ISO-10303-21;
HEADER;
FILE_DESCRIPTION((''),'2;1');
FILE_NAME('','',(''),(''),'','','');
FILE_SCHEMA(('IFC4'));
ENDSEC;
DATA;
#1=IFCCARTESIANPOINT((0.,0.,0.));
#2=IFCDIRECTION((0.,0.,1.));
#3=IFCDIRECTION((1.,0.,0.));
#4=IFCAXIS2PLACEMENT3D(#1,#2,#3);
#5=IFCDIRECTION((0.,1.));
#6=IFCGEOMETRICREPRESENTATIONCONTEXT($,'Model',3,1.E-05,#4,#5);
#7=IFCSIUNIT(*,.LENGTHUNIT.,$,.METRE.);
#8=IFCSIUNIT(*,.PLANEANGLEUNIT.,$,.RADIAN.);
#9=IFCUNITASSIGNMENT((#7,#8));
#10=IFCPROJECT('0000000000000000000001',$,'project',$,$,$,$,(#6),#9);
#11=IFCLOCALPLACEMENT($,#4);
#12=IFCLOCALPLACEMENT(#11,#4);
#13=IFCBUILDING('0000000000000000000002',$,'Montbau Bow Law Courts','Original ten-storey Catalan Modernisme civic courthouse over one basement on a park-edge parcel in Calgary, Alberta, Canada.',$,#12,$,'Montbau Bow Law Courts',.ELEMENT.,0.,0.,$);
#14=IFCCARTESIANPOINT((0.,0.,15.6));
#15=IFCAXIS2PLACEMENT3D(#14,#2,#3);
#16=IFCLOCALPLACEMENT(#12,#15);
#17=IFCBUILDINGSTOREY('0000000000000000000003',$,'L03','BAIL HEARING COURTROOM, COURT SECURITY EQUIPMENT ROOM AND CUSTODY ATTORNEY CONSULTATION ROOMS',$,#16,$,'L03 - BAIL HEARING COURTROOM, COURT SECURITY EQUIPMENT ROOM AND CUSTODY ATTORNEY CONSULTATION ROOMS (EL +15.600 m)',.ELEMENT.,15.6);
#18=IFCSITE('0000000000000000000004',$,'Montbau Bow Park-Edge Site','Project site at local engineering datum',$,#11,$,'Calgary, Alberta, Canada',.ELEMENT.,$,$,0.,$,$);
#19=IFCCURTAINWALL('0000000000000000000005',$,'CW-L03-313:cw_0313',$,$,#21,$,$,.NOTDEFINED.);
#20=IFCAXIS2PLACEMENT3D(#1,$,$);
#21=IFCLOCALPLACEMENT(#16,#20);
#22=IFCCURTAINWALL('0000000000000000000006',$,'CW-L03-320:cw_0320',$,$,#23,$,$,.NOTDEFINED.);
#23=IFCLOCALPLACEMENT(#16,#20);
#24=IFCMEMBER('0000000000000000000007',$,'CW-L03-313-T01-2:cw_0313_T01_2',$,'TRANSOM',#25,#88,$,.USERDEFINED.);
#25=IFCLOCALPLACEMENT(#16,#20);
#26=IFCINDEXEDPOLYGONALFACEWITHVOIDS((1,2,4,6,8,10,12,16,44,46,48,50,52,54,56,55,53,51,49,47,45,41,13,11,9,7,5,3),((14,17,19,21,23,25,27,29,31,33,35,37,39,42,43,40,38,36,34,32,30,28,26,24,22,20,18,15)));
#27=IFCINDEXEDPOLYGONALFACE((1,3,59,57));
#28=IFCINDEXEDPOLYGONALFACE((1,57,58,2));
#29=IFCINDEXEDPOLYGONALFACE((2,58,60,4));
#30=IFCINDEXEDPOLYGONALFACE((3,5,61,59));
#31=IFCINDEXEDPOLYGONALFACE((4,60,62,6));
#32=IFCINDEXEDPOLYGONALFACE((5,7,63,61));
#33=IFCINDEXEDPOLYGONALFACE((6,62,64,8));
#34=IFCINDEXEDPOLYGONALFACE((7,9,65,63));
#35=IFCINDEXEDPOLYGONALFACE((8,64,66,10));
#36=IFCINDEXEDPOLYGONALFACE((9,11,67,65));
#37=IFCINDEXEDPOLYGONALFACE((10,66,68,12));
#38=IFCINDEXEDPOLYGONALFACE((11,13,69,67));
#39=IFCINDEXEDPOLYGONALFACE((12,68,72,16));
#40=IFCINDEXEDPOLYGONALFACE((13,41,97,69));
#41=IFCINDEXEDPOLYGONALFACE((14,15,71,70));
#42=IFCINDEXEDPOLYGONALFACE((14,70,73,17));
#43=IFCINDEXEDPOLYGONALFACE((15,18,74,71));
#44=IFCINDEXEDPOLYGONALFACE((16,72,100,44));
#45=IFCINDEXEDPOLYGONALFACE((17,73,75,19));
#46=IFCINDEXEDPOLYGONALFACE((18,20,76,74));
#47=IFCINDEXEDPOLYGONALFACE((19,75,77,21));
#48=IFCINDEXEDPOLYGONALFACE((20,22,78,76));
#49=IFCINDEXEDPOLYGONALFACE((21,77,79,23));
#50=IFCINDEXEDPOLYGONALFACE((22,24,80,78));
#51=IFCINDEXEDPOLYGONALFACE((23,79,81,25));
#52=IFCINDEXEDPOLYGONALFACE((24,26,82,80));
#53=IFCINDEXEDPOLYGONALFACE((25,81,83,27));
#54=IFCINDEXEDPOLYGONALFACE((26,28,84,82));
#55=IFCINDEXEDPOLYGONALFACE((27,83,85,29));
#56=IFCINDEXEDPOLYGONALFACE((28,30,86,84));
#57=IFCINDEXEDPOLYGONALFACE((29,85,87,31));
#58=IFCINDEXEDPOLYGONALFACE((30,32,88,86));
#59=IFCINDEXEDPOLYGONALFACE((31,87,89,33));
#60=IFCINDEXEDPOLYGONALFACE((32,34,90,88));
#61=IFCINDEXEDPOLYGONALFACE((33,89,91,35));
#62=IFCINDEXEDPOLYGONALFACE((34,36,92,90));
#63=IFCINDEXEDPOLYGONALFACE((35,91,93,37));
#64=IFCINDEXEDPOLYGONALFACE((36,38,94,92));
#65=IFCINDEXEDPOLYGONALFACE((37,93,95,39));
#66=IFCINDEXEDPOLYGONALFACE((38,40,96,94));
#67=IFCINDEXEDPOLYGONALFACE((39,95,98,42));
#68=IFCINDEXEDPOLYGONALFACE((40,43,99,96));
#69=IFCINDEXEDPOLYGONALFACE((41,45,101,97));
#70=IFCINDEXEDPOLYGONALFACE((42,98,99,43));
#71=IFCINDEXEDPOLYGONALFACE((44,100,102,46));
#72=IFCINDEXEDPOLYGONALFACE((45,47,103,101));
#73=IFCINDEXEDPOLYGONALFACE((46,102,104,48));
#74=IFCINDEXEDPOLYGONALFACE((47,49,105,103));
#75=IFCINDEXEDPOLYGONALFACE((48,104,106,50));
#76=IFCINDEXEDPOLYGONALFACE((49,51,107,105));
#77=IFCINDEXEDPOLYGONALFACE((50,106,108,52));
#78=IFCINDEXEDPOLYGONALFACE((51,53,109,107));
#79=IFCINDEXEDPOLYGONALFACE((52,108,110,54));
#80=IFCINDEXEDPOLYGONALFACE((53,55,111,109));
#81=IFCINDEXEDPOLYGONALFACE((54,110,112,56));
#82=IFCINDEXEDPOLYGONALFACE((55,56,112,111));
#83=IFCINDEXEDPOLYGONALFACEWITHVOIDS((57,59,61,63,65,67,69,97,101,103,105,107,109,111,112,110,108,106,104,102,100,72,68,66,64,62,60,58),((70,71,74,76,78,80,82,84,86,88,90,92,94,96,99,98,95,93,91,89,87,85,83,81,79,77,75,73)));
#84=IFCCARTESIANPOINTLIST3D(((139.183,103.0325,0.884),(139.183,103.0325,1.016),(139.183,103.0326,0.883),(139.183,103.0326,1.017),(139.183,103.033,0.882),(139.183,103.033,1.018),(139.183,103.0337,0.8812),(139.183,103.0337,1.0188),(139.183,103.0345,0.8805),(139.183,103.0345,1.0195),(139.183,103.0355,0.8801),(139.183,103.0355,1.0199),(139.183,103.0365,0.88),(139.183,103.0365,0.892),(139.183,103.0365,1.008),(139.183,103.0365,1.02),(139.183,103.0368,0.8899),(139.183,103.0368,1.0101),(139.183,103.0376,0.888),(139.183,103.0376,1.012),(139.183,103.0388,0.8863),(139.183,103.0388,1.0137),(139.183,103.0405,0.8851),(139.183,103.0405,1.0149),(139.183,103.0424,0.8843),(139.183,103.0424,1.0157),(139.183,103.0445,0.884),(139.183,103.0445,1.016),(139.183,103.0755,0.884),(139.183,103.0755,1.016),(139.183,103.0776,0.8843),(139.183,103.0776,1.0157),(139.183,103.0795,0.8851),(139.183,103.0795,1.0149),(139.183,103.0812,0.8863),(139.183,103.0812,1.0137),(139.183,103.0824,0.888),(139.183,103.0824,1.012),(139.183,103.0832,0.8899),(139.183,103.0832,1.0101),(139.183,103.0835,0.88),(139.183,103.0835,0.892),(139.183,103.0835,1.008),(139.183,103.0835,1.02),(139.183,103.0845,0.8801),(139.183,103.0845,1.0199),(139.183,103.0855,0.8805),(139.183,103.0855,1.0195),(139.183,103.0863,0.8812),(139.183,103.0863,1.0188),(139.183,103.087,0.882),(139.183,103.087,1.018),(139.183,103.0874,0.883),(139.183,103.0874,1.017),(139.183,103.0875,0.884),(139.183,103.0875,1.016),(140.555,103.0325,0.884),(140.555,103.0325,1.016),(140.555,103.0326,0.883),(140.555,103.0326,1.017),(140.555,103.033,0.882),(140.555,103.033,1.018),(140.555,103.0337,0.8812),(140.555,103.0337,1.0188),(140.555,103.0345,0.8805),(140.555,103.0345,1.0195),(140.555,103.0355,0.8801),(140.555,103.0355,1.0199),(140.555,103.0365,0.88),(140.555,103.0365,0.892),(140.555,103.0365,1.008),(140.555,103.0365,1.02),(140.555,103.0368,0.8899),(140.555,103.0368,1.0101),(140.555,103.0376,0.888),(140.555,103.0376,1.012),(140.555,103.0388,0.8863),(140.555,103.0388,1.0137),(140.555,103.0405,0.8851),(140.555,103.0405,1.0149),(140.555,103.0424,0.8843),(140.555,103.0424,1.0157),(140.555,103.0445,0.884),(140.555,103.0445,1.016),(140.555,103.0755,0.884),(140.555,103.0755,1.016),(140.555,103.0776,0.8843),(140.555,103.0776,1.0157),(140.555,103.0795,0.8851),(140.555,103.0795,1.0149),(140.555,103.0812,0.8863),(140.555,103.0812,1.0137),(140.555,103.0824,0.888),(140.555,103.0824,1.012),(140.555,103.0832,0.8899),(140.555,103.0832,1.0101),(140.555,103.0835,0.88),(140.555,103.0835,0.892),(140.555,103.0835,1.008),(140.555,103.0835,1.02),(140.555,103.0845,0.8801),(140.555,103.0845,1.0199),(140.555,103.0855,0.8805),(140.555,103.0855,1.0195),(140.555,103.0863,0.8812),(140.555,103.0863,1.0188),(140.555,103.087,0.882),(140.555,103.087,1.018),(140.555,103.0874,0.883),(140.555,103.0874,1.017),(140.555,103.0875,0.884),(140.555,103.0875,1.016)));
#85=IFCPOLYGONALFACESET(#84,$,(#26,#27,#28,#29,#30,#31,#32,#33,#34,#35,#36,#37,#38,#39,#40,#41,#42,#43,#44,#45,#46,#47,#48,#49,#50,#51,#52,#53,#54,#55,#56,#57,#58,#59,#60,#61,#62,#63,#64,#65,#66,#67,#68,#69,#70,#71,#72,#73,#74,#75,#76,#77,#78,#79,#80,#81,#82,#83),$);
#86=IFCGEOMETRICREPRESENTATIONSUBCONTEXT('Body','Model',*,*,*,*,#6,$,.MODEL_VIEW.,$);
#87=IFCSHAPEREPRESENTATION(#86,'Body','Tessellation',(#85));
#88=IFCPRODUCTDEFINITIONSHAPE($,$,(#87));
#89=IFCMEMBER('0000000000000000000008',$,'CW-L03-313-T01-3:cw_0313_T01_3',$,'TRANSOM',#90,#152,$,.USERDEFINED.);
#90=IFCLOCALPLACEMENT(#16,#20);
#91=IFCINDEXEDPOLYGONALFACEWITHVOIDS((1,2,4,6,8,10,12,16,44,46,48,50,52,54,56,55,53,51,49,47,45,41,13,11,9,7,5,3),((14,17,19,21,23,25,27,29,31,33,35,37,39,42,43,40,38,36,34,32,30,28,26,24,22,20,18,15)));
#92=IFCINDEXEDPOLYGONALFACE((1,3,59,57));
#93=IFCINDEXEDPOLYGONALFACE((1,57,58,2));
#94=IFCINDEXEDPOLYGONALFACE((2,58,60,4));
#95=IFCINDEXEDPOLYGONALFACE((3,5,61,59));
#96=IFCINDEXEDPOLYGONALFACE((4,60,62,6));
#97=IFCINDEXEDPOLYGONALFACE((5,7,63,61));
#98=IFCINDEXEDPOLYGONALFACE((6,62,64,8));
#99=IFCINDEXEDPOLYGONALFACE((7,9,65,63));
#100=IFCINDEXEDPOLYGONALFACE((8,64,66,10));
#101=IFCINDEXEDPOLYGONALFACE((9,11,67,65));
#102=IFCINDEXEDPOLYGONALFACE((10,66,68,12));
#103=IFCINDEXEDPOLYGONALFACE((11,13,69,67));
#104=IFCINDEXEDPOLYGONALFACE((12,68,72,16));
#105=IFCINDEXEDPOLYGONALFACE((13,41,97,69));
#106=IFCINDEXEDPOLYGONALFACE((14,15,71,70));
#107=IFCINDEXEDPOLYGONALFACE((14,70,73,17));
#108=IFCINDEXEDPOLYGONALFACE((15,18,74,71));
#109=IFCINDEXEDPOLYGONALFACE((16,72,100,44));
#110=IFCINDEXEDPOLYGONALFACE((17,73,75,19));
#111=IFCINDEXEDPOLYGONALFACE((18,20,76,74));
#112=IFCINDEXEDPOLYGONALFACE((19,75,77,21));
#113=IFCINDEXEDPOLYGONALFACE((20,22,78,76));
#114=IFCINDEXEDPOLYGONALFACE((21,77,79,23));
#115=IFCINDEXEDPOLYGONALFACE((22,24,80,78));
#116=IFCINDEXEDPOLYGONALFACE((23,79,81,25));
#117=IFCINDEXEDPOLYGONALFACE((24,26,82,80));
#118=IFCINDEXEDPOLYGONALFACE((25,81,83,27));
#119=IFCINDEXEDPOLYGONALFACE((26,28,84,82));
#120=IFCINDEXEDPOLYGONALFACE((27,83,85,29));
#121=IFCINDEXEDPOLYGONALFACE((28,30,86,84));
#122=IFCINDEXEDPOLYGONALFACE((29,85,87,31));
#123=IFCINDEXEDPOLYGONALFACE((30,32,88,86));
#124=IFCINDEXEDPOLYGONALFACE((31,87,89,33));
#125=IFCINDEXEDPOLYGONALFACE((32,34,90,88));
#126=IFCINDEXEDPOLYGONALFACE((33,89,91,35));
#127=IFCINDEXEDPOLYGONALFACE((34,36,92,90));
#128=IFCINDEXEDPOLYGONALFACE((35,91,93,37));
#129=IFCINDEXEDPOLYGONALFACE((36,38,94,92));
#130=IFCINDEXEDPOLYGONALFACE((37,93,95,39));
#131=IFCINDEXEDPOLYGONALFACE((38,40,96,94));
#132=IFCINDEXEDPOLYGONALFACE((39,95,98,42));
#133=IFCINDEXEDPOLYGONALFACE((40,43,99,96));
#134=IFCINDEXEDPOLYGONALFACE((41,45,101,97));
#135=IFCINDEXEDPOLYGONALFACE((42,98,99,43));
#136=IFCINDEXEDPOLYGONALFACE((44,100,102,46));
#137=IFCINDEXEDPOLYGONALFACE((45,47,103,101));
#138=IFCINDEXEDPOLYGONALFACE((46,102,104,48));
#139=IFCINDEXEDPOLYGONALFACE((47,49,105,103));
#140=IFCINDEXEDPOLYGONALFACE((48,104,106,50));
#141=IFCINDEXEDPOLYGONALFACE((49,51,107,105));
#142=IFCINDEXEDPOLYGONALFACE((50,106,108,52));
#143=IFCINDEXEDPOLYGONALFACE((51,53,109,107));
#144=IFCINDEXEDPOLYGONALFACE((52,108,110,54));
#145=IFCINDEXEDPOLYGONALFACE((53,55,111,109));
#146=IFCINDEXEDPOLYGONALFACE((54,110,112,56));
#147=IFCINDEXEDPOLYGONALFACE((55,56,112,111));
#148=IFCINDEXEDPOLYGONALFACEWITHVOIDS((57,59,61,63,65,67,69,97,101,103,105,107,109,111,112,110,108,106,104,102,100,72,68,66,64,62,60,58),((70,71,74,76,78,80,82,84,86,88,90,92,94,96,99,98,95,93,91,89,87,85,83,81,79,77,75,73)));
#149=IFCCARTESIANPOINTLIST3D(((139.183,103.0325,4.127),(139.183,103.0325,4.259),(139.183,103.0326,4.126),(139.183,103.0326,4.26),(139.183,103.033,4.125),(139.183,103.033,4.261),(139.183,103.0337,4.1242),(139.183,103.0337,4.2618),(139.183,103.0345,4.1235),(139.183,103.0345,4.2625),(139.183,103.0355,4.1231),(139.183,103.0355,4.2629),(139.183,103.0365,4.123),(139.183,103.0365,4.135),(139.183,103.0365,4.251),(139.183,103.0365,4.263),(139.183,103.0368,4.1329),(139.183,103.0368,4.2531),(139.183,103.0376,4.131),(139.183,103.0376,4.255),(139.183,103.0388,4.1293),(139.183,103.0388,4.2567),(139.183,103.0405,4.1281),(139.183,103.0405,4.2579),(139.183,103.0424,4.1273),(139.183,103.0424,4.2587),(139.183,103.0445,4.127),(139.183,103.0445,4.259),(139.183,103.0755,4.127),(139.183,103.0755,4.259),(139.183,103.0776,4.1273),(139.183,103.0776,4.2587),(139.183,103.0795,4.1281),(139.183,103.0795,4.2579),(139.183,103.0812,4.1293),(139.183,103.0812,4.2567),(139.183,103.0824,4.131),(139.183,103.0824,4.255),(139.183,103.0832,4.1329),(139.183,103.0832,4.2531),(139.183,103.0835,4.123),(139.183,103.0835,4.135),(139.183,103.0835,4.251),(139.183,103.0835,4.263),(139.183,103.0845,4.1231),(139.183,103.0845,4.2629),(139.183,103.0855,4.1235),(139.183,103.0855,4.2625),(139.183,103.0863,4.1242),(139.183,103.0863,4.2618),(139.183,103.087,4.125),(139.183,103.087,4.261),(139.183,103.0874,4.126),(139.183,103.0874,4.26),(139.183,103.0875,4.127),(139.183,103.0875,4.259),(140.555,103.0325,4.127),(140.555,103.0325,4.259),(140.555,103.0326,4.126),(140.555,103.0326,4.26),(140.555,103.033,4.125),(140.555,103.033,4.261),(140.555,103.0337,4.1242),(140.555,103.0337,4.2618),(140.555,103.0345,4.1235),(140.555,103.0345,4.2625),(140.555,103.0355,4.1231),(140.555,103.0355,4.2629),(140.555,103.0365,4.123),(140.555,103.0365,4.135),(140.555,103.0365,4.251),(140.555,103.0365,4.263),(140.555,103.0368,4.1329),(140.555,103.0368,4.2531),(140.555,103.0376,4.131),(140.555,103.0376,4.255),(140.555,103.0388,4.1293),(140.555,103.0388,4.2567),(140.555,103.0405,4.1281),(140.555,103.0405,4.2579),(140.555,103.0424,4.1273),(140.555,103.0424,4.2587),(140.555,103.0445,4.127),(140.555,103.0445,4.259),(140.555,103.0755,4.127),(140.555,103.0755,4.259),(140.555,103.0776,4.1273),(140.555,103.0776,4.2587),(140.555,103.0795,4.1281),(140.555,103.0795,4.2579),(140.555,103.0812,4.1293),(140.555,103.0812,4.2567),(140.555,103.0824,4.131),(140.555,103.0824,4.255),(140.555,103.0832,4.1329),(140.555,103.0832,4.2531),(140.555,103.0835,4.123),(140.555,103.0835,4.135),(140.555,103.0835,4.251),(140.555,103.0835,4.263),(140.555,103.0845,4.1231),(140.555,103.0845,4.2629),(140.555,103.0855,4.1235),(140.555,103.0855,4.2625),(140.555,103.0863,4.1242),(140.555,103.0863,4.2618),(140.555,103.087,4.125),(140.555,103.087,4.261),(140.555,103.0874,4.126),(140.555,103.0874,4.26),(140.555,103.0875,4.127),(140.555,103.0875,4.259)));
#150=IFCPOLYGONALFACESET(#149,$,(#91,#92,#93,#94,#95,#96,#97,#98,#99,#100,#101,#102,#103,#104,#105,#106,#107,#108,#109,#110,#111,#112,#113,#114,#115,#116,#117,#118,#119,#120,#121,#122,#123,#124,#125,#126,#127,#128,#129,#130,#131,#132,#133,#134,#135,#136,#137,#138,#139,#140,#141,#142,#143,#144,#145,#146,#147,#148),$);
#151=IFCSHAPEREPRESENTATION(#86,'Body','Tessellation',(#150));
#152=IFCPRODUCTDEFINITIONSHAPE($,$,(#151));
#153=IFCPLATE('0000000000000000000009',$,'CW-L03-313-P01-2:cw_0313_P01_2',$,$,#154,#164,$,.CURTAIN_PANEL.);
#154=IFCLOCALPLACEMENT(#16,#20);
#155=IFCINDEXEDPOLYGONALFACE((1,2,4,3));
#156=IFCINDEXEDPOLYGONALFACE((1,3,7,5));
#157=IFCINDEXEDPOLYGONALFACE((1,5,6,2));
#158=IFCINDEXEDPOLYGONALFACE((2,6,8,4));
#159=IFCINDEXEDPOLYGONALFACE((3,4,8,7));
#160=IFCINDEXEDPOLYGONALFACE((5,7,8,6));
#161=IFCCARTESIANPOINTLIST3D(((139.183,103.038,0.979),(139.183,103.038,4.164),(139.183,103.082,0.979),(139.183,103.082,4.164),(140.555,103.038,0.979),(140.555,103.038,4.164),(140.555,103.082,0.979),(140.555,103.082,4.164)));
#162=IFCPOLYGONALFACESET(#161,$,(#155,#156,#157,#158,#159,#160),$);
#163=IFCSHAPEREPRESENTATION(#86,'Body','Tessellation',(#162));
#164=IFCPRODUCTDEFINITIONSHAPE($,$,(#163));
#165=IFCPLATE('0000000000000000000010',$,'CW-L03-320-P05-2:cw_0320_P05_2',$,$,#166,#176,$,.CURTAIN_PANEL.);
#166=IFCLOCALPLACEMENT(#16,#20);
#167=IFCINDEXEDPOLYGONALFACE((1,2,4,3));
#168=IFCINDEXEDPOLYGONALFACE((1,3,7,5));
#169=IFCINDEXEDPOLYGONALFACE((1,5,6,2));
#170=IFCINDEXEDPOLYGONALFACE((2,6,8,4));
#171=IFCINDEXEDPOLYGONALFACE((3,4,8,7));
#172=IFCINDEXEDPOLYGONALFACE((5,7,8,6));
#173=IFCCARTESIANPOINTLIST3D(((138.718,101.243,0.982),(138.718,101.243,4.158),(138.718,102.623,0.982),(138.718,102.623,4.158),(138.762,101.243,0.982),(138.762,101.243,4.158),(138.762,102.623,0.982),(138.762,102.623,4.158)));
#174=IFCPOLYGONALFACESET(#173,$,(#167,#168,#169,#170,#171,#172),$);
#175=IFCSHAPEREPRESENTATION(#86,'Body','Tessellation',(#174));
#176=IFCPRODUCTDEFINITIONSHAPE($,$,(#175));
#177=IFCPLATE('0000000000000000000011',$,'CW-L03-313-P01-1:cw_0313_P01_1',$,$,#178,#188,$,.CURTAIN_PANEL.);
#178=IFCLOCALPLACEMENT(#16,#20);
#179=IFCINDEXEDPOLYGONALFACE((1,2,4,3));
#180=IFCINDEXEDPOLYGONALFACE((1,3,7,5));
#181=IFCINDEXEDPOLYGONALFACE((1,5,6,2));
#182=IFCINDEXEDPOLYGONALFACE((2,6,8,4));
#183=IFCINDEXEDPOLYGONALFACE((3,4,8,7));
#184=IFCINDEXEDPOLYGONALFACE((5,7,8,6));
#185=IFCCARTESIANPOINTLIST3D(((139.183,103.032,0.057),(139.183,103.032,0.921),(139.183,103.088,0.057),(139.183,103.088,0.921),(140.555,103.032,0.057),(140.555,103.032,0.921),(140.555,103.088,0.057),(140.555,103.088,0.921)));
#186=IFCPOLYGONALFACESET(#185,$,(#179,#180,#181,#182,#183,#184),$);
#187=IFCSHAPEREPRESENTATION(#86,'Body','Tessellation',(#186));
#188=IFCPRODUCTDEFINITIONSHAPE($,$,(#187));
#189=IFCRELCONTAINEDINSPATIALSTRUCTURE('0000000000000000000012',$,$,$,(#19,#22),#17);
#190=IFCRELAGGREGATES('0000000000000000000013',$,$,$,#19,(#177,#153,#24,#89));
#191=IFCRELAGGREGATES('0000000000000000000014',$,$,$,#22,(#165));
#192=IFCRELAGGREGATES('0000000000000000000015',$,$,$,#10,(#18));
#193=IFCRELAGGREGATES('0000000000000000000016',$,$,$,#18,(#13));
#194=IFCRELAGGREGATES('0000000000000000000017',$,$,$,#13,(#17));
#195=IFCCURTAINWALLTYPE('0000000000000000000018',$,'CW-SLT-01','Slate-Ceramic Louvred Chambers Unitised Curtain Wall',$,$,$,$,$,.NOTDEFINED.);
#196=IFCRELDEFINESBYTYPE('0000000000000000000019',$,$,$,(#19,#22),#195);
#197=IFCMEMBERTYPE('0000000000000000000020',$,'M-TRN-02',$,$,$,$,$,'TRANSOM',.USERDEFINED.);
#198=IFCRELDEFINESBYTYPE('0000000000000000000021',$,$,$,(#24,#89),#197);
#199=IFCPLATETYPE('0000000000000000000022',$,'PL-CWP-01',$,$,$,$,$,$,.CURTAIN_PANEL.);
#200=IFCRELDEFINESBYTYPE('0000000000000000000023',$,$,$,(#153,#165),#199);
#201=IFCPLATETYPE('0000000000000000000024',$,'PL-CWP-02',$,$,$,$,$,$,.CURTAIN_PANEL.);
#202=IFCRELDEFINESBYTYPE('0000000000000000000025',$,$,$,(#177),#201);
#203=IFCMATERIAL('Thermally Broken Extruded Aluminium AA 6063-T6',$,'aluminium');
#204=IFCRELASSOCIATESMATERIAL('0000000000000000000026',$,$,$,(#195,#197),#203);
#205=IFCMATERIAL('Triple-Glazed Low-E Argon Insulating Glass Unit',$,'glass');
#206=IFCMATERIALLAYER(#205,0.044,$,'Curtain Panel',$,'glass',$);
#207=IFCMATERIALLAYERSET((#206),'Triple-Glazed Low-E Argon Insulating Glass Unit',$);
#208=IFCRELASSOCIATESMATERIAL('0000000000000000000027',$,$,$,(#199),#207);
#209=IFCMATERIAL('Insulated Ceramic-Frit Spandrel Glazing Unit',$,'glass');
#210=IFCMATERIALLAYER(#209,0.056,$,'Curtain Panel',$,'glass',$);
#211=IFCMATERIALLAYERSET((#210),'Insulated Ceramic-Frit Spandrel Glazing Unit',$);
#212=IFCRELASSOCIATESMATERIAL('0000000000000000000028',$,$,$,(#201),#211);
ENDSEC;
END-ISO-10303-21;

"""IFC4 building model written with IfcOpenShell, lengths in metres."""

from ifc_helpers import new_model, si_unit, direction, frame, frame_2d, origin_with_axes, origin_2d_with_axis, place, context, subcontext, project, spatial, rectangle, hollow_rectangle, extrude, material, layer, layer_set, material_profile, profile_set, type_object, element, aggregate, save


model = new_model("IFC4")

# Units and contexts
model_context = context("Model", 3, precision=1e-05, world=origin_with_axes(), true_north=direction((0.0, 1.0)))
body_context = subcontext(model_context, "Body", "Model", "MODEL_VIEW")
ifc_project = project(units=[si_unit("LENGTHUNIT", "METRE"), si_unit("PLANEANGLEUNIT", "RADIAN")], contexts=[model_context])

# Site, building, storey
site_placement = place(None, origin_with_axes())
site = spatial("IfcSite", under=ifc_project, at=site_placement, Name="Montbau Bow Park-Edge Site", Description="Project site at local engineering datum", LongName="Calgary, Alberta, Canada", CompositionType="ELEMENT", RefElevation=0.0)
building_placement = place(site_placement, origin_with_axes())
building = spatial("IfcBuilding", under=site, at=building_placement, Name="Montbau Bow Law Courts", Description="Original ten-storey Catalan Modernisme civic courthouse over one basement on a park-edge parcel in Calgary, Alberta, Canada.", LongName="Montbau Bow Law Courts", CompositionType="ELEMENT", ElevationOfRefHeight=0.0, ElevationOfTerrain=0.0)
storey_placement = place(building_placement, frame((0.0, 0.0, 15.6), z_axis=(0.0, 0.0, 1.0), x_axis=(1.0, 0.0, 0.0)))
storey = spatial("IfcBuildingStorey", under=building, at=storey_placement, Name="L03", Description="BAIL HEARING COURTROOM, COURT SECURITY EQUIPMENT ROOM AND CUSTODY ATTORNEY CONSULTATION ROOMS", LongName="L03 - BAIL HEARING COURTROOM, COURT SECURITY EQUIPMENT ROOM AND CUSTODY ATTORNEY CONSULTATION ROOMS (EL +15.600 m)", CompositionType="ELEMENT", Elevation=15.6)

# Curtain wall
ifc_material_1 = material(Name="Thermally Broken Extruded Aluminium AA 6063-T6", Category="aluminium")
curtain_wall_type = type_object("IfcCurtainWallType", Name="CW-SLT-01", Description="Slate-Ceramic Louvred Chambers Unitised Curtain Wall", PredefinedType="NOTDEFINED", material=ifc_material_1)
curtain_wall_1_placement = place(None, frame((139.115, 103.06, 15.6), z_axis=(0.0, 0.0, 1.0), x_axis=(1.0, 0.0, 0.0)))
curtain_wall_1 = element("IfcCurtainWall", 1, at=curtain_wall_1_placement, inside=storey, type_object=curtain_wall_type, Name="CW-L03-313:cw_0313", PredefinedType="NOTDEFINED")

# Curtain wall
curtain_wall_2_placement = place(None, frame((138.74, 95.315, 15.6), z_axis=(0.0, 0.0, 1.0), x_axis=(1.0, 0.0, 0.0)))
curtain_wall_2 = element("IfcCurtainWall", 2, at=curtain_wall_2_placement, inside=storey, type_object=curtain_wall_type, Name="CW-L03-320:cw_0320", PredefinedType="NOTDEFINED")

# Members
ifc_material_profile_1 = material_profile(ifc_material_1, hollow_rectangle(XDim=0.055, YDim=0.14, WallThickness=0.004, InnerFilletRadius=0.008, OuterFilletRadius=0.004, at=origin_2d_with_axis()), Name="CWT-140X55", Category="Main", Priority=0)
ifc_profile_set_1 = profile_set([ifc_material_profile_1], Name="Thermally Broken Extruded Aluminium AA 6063-T6")
member_type_1 = type_object("IfcMemberType", Name="M-TRN-02", ElementType="TRANSOM", PredefinedType="USERDEFINED", material=ifc_profile_set_1)
member_1_placement = place(None, frame((139.183, 103.06, 16.55), z_axis=(1.0, 0.0, 0.0), x_axis=(0.0, 1.0, 0.0)))
member_1 = element("IfcMember", 3, at=member_1_placement, type_object=member_type_1, Name="CW-L03-313-T01-2:cw_0313_T01_2", ObjectType="TRANSOM", PredefinedType="USERDEFINED", context=body_context, shape_type="SweptSolid", body=[
    extrude(hollow_rectangle(XDim=0.055, YDim=0.14, WallThickness=0.004, InnerFilletRadius=0.008, OuterFilletRadius=0.004, at=origin_2d_with_axis()), origin_with_axes(), (0.0, 0.0, 1.0), 1.372),
])
member_2_placement = place(None, frame((139.183, 103.06, 19.793), z_axis=(1.0, 0.0, 0.0), x_axis=(0.0, 1.0, 0.0)))
member_2 = element("IfcMember", 4, at=member_2_placement, type_object=member_type_1, Name="CW-L03-313-T01-3:cw_0313_T01_3", ObjectType="TRANSOM", PredefinedType="USERDEFINED", context=body_context, shape_type="SweptSolid", body=[
    extrude(hollow_rectangle(XDim=0.055, YDim=0.14, WallThickness=0.004, InnerFilletRadius=0.008, OuterFilletRadius=0.004, at=origin_2d_with_axis()), origin_with_axes(), (0.0, 0.0, 1.0), 1.372),
])

# Plates
ifc_material_2 = material(Name="Triple-Glazed Low-E Argon Insulating Glass Unit", Category="glass")
ifc_layer_1 = layer(ifc_material_2, 0.044, Name="Curtain Panel", Category="glass")
ifc_layer_set_1 = layer_set([ifc_layer_1], Name="Triple-Glazed Low-E Argon Insulating Glass Unit")
plate_type_1 = type_object("IfcPlateType", Name="PL-CWP-01", PredefinedType="CURTAIN_PANEL", material=ifc_layer_set_1)
plate_1_placement = place(None, frame((139.183, 103.06, 16.579), z_axis=(0.0, -1.0, 0.0), x_axis=(1.0, 0.0, 0.0)))
plate_1 = element("IfcPlate", 5, at=plate_1_placement, type_object=plate_type_1, Name="CW-L03-313-P01-2:cw_0313_P01_2", PredefinedType="CURTAIN_PANEL", context=body_context, shape_type="SweptSolid", body=[
    extrude(rectangle(XDim=1.372, YDim=3.185, at=frame_2d((0.686, 1.5925), x_axis=(1.0, 0.0))), frame((0.0, 0.0, -0.022), z_axis=(0.0, 0.0, 1.0), x_axis=(1.0, 0.0, 0.0)), (0.0, 0.0, 1.0), 0.044),
])
plate_2_placement = place(None, frame((138.74, 101.243, 16.582), z_axis=(1.0, 0.0, 0.0), x_axis=(0.0, 1.0, 0.0)))
plate_2 = element("IfcPlate", 6, at=plate_2_placement, type_object=plate_type_1, Name="CW-L03-320-P05-2:cw_0320_P05_2", PredefinedType="CURTAIN_PANEL", context=body_context, shape_type="SweptSolid", body=[
    extrude(rectangle(XDim=1.38, YDim=3.176, at=frame_2d((0.69, 1.588), x_axis=(1.0, 0.0))), frame((0.0, 0.0, -0.022), z_axis=(0.0, 0.0, 1.0), x_axis=(1.0, 0.0, 0.0)), (0.0, 0.0, 1.0), 0.044),
])
ifc_material_3 = material(Name="Insulated Ceramic-Frit Spandrel Glazing Unit", Category="glass")
ifc_layer_2 = layer(ifc_material_3, 0.056, Name="Curtain Panel", Category="glass")
ifc_layer_set_2 = layer_set([ifc_layer_2], Name="Insulated Ceramic-Frit Spandrel Glazing Unit")
plate_type_2 = type_object("IfcPlateType", Name="PL-CWP-02", PredefinedType="CURTAIN_PANEL", material=ifc_layer_set_2)
plate_3_placement = place(None, frame((139.183, 103.06, 15.657), z_axis=(0.0, -1.0, 0.0), x_axis=(1.0, 0.0, 0.0)))
plate_3 = element("IfcPlate", 7, at=plate_3_placement, type_object=plate_type_2, Name="CW-L03-313-P01-1:cw_0313_P01_1", PredefinedType="CURTAIN_PANEL", context=body_context, shape_type="SweptSolid", body=[
    extrude(rectangle(XDim=1.372, YDim=0.864, at=frame_2d((0.686, 0.432), x_axis=(1.0, 0.0))), frame((0.0, 0.0, -0.028), z_axis=(0.0, 0.0, 1.0), x_axis=(1.0, 0.0, 0.0)), (0.0, 0.0, 1.0), 0.056),
])
aggregate(curtain_wall_1, [plate_3, plate_1, member_1, member_2])
aggregate(curtain_wall_2, [plate_2])

save(model, "model.ifc")
